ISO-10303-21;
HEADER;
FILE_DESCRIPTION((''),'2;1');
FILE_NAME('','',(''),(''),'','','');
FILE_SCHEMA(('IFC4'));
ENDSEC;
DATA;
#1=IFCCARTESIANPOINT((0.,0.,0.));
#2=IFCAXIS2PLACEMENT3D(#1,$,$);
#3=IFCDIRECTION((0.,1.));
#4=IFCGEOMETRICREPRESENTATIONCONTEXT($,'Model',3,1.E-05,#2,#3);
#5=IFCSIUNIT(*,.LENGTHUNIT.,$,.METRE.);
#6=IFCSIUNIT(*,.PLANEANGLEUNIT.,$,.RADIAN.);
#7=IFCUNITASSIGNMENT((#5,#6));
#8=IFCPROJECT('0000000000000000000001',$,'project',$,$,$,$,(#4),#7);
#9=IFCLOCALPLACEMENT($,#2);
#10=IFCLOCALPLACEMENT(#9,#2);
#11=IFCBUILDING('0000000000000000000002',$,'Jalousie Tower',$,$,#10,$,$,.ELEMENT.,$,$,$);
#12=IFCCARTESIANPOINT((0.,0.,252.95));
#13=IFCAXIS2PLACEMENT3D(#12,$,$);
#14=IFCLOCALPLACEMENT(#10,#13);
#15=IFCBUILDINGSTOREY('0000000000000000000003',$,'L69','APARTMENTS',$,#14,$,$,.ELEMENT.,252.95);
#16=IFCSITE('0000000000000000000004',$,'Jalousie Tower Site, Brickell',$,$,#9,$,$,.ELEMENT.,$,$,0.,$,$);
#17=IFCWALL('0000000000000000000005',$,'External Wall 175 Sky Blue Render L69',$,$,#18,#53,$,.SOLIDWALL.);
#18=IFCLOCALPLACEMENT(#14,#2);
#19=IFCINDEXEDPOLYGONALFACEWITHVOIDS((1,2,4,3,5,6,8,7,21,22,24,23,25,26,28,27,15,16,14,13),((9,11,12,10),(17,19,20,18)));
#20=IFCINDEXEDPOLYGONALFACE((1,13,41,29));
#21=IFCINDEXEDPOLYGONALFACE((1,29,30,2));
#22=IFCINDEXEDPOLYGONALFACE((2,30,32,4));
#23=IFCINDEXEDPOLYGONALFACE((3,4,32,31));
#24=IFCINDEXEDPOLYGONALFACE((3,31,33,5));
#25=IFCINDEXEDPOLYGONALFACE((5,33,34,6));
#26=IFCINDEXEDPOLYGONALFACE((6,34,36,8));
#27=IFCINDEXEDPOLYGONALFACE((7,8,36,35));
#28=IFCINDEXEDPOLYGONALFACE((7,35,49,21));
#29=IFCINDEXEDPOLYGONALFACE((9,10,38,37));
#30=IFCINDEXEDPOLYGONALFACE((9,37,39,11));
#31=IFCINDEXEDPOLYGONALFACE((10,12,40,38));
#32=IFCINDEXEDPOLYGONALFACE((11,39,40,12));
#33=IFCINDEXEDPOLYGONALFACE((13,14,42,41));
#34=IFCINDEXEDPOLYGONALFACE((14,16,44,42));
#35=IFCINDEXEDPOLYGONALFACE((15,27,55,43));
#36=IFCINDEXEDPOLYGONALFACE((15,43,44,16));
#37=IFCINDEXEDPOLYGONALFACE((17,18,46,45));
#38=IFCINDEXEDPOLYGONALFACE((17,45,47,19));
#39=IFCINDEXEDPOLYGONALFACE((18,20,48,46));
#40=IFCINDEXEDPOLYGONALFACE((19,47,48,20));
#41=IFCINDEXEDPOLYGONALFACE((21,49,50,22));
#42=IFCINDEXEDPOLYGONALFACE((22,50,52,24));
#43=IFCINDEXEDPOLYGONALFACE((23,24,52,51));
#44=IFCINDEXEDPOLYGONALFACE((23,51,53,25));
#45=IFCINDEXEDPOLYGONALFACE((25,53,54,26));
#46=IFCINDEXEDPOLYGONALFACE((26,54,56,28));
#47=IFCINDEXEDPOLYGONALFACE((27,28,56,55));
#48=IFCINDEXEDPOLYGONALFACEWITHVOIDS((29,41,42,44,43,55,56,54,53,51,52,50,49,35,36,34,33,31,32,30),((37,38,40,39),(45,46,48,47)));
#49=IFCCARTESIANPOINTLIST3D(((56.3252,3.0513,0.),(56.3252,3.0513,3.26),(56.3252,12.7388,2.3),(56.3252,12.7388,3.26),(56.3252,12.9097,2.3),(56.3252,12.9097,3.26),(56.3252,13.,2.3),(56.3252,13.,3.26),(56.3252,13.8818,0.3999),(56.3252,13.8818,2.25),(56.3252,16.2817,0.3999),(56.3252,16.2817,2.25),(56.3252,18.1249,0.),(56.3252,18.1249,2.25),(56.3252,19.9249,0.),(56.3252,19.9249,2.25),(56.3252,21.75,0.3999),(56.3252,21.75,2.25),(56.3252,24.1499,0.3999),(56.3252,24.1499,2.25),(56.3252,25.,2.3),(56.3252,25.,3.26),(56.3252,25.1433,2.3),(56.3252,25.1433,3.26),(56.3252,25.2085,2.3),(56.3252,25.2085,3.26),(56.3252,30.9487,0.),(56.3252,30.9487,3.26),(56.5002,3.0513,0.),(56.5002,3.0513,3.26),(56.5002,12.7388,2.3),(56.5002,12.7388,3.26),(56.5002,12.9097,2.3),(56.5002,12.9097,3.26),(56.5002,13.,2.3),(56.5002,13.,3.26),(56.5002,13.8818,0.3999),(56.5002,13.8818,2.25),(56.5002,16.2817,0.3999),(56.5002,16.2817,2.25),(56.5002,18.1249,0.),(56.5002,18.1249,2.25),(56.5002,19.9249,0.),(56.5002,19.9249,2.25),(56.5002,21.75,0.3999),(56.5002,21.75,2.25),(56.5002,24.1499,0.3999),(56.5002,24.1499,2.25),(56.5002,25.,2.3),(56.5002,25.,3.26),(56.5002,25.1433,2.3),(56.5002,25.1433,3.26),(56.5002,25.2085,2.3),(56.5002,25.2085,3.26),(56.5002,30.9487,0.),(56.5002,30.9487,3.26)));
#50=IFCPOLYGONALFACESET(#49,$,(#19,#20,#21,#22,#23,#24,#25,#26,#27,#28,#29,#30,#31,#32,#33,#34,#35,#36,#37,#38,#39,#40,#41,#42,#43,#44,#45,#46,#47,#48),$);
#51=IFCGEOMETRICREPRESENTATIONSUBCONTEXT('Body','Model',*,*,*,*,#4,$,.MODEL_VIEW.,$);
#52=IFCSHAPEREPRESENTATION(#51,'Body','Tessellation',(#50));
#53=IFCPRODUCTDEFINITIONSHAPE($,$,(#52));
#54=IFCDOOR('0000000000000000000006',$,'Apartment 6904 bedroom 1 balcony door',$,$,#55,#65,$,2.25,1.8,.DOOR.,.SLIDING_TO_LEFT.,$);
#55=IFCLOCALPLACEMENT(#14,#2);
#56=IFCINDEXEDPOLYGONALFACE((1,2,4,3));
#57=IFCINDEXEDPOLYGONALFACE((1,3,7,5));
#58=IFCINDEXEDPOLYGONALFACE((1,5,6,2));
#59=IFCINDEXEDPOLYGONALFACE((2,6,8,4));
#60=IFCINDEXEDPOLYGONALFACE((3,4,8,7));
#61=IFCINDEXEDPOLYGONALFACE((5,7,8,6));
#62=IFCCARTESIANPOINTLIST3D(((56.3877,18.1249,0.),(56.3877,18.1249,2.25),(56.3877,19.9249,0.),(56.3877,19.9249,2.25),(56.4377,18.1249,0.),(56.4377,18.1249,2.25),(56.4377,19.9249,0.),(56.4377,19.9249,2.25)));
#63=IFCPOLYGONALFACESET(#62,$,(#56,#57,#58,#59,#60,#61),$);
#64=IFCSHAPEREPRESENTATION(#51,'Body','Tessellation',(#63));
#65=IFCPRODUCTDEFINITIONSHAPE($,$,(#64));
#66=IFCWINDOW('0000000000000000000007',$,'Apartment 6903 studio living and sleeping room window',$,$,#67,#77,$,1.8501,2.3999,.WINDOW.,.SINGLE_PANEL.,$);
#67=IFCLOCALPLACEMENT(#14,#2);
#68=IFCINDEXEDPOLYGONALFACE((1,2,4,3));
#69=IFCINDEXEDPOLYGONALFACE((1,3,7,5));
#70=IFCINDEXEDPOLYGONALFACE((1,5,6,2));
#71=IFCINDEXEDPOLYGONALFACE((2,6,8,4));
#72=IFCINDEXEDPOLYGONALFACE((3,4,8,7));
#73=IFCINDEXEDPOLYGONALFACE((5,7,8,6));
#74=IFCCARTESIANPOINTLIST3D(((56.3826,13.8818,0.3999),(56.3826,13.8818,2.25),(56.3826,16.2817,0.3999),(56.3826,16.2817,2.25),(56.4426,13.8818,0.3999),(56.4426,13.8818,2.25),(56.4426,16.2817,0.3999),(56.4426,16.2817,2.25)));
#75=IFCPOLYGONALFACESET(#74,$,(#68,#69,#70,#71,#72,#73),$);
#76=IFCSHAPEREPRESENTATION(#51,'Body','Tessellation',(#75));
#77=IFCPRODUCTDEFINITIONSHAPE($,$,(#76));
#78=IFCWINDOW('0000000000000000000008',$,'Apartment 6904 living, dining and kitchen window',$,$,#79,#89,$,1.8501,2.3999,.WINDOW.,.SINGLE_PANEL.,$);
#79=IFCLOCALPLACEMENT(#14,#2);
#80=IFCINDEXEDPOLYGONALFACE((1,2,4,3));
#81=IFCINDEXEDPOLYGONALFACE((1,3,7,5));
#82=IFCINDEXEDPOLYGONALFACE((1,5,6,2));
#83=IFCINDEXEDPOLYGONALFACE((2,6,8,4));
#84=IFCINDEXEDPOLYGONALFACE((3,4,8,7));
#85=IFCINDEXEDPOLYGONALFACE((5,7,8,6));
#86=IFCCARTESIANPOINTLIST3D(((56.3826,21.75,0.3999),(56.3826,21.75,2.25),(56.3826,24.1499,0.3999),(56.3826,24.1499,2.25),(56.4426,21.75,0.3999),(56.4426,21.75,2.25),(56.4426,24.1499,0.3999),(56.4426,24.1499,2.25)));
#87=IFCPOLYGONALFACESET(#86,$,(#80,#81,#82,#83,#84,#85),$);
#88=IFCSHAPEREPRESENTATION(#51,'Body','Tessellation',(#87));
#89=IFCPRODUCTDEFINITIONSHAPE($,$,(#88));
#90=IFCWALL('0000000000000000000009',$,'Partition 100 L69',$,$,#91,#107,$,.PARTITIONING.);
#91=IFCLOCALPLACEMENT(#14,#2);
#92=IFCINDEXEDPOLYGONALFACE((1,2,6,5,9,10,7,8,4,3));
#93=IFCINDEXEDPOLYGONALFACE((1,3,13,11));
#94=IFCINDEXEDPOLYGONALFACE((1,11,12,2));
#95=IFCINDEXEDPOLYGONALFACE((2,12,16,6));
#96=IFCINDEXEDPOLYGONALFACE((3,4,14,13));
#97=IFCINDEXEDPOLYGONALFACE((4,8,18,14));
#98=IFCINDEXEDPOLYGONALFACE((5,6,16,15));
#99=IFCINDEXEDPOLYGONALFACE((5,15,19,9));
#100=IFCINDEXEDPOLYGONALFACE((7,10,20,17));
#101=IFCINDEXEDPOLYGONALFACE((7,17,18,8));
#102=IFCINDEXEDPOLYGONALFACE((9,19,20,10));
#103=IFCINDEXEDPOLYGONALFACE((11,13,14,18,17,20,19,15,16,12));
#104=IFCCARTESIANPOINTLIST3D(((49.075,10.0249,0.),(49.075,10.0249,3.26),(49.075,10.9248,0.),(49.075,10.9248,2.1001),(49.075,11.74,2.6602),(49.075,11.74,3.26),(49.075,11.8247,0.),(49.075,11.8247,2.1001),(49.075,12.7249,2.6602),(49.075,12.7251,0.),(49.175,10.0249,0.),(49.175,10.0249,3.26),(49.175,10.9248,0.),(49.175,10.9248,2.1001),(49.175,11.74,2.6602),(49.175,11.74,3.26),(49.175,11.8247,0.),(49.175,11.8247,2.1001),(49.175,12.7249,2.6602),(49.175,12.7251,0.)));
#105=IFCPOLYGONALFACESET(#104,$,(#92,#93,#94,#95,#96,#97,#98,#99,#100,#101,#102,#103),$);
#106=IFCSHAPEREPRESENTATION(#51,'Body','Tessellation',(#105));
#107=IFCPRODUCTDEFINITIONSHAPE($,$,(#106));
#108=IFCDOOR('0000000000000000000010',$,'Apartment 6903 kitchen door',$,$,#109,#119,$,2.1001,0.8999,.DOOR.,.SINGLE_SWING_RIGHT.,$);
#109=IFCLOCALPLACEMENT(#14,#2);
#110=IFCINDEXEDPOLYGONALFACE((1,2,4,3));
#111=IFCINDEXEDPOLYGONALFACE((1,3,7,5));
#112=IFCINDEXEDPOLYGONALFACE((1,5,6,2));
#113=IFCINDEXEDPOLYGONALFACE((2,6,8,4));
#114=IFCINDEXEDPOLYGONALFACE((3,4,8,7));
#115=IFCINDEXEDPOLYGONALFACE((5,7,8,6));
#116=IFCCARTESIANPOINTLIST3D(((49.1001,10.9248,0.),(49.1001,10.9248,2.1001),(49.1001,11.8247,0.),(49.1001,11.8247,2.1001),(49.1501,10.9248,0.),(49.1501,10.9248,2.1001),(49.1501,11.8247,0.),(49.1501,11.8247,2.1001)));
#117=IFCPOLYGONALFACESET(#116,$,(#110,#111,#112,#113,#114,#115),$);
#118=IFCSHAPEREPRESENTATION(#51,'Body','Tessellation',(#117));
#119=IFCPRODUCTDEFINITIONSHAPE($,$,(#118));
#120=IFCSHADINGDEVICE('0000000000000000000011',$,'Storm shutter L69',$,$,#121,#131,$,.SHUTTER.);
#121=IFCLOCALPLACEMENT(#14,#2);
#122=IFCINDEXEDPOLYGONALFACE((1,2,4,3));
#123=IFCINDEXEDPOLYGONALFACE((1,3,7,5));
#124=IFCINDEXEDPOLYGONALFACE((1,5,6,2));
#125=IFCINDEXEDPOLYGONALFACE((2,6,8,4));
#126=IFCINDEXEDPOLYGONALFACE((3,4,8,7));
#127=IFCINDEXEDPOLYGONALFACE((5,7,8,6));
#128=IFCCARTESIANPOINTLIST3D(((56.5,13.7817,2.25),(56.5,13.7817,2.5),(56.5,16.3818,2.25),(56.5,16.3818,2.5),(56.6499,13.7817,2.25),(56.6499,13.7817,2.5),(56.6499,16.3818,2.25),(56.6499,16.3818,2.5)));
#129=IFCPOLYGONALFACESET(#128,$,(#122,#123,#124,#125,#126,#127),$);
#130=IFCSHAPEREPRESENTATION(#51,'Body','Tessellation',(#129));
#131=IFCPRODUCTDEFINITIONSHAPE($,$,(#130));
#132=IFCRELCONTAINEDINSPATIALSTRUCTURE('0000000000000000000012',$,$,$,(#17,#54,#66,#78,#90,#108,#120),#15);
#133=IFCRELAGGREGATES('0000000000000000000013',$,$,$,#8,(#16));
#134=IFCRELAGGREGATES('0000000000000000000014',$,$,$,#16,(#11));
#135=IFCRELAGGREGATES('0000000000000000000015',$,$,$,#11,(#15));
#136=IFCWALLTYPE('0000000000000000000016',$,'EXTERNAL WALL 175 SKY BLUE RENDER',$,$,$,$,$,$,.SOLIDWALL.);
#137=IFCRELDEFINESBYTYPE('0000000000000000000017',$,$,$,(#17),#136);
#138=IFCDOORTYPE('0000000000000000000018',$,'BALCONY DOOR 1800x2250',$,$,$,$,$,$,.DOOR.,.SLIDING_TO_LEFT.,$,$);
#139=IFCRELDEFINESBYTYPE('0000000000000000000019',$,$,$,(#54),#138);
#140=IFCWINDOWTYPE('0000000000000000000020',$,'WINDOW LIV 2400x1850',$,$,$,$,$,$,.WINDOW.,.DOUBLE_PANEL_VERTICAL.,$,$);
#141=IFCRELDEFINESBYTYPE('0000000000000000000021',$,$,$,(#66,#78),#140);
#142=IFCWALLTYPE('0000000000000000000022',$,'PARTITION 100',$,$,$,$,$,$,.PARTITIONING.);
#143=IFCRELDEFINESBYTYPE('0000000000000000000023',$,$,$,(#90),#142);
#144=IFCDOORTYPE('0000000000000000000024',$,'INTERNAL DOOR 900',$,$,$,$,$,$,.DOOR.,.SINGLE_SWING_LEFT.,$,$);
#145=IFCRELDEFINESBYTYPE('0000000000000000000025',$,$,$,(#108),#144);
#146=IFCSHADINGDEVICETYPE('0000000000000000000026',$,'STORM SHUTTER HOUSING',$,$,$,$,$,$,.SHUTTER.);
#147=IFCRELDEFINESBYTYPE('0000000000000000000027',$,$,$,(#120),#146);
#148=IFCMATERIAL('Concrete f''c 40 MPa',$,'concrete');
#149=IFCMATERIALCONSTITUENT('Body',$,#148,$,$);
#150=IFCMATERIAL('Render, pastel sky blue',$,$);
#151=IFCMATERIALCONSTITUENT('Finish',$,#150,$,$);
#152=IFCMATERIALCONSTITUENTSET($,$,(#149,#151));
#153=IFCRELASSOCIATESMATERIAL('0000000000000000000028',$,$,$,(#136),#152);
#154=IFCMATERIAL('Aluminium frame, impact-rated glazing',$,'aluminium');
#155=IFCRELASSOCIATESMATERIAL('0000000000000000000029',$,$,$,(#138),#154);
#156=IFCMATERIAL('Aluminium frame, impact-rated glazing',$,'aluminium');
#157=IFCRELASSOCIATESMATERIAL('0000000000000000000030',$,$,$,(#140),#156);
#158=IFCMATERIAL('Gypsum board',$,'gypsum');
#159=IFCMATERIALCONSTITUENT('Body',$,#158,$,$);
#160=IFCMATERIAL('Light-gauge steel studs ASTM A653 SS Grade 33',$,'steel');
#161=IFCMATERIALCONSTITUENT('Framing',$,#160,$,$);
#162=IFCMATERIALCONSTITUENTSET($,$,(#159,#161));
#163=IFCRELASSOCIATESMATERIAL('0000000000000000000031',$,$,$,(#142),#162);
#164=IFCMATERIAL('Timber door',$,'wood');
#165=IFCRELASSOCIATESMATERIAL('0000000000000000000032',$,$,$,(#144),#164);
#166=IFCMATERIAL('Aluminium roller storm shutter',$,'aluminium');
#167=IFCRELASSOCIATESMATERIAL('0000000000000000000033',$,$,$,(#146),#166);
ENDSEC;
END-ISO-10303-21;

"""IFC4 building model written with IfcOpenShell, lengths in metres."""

from ifc_helpers import new_model, si_unit, direction, frame, frame_2d, origin, origin_2d, place, context, subcontext, project, spatial, polyline, rectangle, outline, extrude, material, constituent, constituent_set, type_object, element, fill, save


model = new_model("IFC4")

# Units and contexts
model_context = context("Model", 3, precision=1e-05, world=origin(), true_north=direction((0.0, 1.0)))
body_context = subcontext(model_context, "Body", "Model", "MODEL_VIEW")
ifc_project = project(units=[si_unit("LENGTHUNIT", "METRE"), si_unit("PLANEANGLEUNIT", "RADIAN")], contexts=[model_context])

# Site, building, storey
site_placement = place(None, origin())
site = spatial("IfcSite", under=ifc_project, at=site_placement, Name="Jalousie Tower Site, Brickell", CompositionType="ELEMENT", RefElevation=0.0)
building_placement = place(site_placement, origin())
building = spatial("IfcBuilding", under=site, at=building_placement, Name="Jalousie Tower", CompositionType="ELEMENT")
storey_placement = place(building_placement, frame((0.0, 0.0, 252.95)))
storey = spatial("IfcBuildingStorey", under=building, at=storey_placement, Name="L69", Description="APARTMENTS", CompositionType="ELEMENT", Elevation=252.95)

# Wall, openings, door, windows
ifc_material_1 = material(Name="Concrete f'c 40 MPa", Category="concrete")
ifc_constituent_1 = constituent(ifc_material_1, Name="Body")
ifc_material_2 = material(Name="Render, pastel sky blue")
ifc_constituent_2 = constituent(ifc_material_2, Name="Finish")
ifc_constituent_set_1 = constituent_set(constituents=[ifc_constituent_1, ifc_constituent_2])
wall_type_1 = type_object("IfcWallType", Name="EXTERNAL WALL 175 SKY BLUE RENDER", PredefinedType="SOLIDWALL", material=ifc_constituent_set_1)
wall_1_placement = place(storey_placement, frame((56.4126, 3.0513, 0.0), z_axis=(0.0, 0.0, 1.0), x_axis=(0.0, 1.0, 0.0)))
wall_1 = element("IfcWall", 1, at=wall_1_placement, inside=storey, type_object=wall_type_1, Name="External Wall 175 Sky Blue Render L69", PredefinedType="SOLIDWALL", context=body_context, shape_type="SweptSolid", body=[
    extrude(outline(polyline([(0.0, 0.0), (27.8975, 0.0), (27.8975, 3.26), (22.1572, 3.26), (22.1572, 2.3), (22.092, 2.3), (22.092, 3.26), (21.9487, 3.26), (21.9487, 2.3), (9.9487, 2.3), (9.9487, 3.26), (9.8584, 3.26), (9.8584, 2.3), (9.6875, 2.3), (9.6875, 3.26), (0.0, 3.26), (0.0, 0.0)])), frame((0.0, 0.0874, 0.0), z_axis=(0.0, -1.0, 0.0), x_axis=(1.0, 0.0, 0.0)), (0.0, 0.0, 1.0), 0.175),
])
opening_1_placement = place(wall_1_placement, frame((10.8306, 0.0, 0.3999)))
opening_1 = element("IfcOpeningElement", 2, at=opening_1_placement, cuts=wall_1, PredefinedType="OPENING", context=body_context, shape_type="SweptSolid", body=[
    extrude(rectangle(XDim=2.3999, YDim=1.8501, at=frame_2d((1.2, 0.925))), frame((0.0, 0.0974, 0.0), z_axis=(0.0, -1.0, 0.0), x_axis=(1.0, 0.0, 0.0)), (0.0, 0.0, 1.0), 0.1951),
])
opening_2_placement = place(wall_1_placement, frame((15.0737, 0.0, 0.0)))
opening_2 = element("IfcOpeningElement", 3, at=opening_2_placement, cuts=wall_1, PredefinedType="OPENING", context=body_context, shape_type="SweptSolid", body=[
    extrude(rectangle(XDim=1.8, YDim=2.25, at=frame_2d((0.8999, 1.125))), frame((0.0, 0.0974, 0.0), z_axis=(0.0, -1.0, 0.0), x_axis=(1.0, 0.0, 0.0)), (0.0, 0.0, 1.0), 0.1951),
])
opening_3_placement = place(wall_1_placement, frame((18.6987, 0.0, 0.3999)))
opening_3 = element("IfcOpeningElement", 4, at=opening_3_placement, cuts=wall_1, PredefinedType="OPENING", context=body_context, shape_type="SweptSolid", body=[
    extrude(rectangle(XDim=2.3999, YDim=1.8501, at=frame_2d((1.2, 0.925))), frame((0.0, 0.0974, 0.0), z_axis=(0.0, -1.0, 0.0), x_axis=(1.0, 0.0, 0.0)), (0.0, 0.0, 1.0), 0.1951),
])
ifc_material_3 = material(Name="Aluminium frame, impact-rated glazing", Category="aluminium")
door_type_1 = type_object("IfcDoorType", Name="BALCONY DOOR 1800x2250", OperationType="SLIDING_TO_LEFT", PredefinedType="DOOR", material=ifc_material_3)
door_1_placement = place(opening_2_placement, origin())
door_1 = element("IfcDoor", 5, at=door_1_placement, inside=storey, type_object=door_type_1, Name="Apartment 6904 bedroom 1 balcony door", OperationType="SLIDING_TO_LEFT", OverallHeight=2.25, OverallWidth=1.8, PredefinedType="DOOR", context=body_context, shape_type="SweptSolid", body=[
    extrude(rectangle(XDim=1.8, YDim=2.25, at=frame_2d((0.8999, 1.125))), frame((0.0, 0.0249, 0.0), z_axis=(0.0, -1.0, 0.0), x_axis=(1.0, 0.0, 0.0)), (0.0, 0.0, 1.0), 0.05),
])
fill(opening_2, door_1)
ifc_material_4 = material(Name="Aluminium frame, impact-rated glazing", Category="aluminium")
window_type = type_object("IfcWindowType", Name="WINDOW LIV 2400x1850", PartitioningType="DOUBLE_PANEL_VERTICAL", PredefinedType="WINDOW", material=ifc_material_4)
window_1_placement = place(opening_1_placement, origin())
window_1 = element("IfcWindow", 6, at=window_1_placement, inside=storey, type_object=window_type, Name="Apartment 6903 studio living and sleeping room window", OverallHeight=1.8501, OverallWidth=2.3999, PartitioningType="SINGLE_PANEL", PredefinedType="WINDOW", context=body_context, shape_type="SweptSolid", body=[
    extrude(rectangle(XDim=2.3999, YDim=1.8501, at=frame_2d((1.2, 0.925))), frame((0.0, 0.03, 0.0), z_axis=(0.0, -1.0, 0.0), x_axis=(1.0, 0.0, 0.0)), (0.0, 0.0, 1.0), 0.0601),
])
fill(opening_1, window_1)
window_2_placement = place(opening_3_placement, origin())
window_2 = element("IfcWindow", 7, at=window_2_placement, inside=storey, type_object=window_type, Name="Apartment 6904 living, dining and kitchen window", OverallHeight=1.8501, OverallWidth=2.3999, PartitioningType="SINGLE_PANEL", PredefinedType="WINDOW", context=body_context, shape_type="SweptSolid", body=[
    extrude(rectangle(XDim=2.3999, YDim=1.8501, at=frame_2d((1.2, 0.925))), frame((0.0, 0.03, 0.0), z_axis=(0.0, -1.0, 0.0), x_axis=(1.0, 0.0, 0.0)), (0.0, 0.0, 1.0), 0.0601),
])
fill(opening_3, window_2)

# Wall, opening, door
ifc_material_5 = material(Name="Gypsum board", Category="gypsum")
ifc_constituent_3 = constituent(ifc_material_5, Name="Body")
ifc_material_6 = material(Name="Light-gauge steel studs ASTM A653 SS Grade 33", Category="steel")
ifc_constituent_4 = constituent(ifc_material_6, Name="Framing")
ifc_constituent_set_2 = constituent_set(constituents=[ifc_constituent_3, ifc_constituent_4])
wall_type_2 = type_object("IfcWallType", Name="PARTITION 100", PredefinedType="PARTITIONING", material=ifc_constituent_set_2)
wall_2_placement = place(storey_placement, frame((49.125, 10.0249, 0.0), z_axis=(0.0, 0.0, 1.0), x_axis=(0.0, 1.0, 0.0)))
wall_2 = element("IfcWall", 8, at=wall_2_placement, inside=storey, type_object=wall_type_2, Name="Partition 100 L69", PredefinedType="PARTITIONING", context=body_context, shape_type="SweptSolid", body=[
    extrude(outline(polyline([(0.0, 0.0), (2.7002, 0.0), (2.7, 3.26), (2.7, 2.6602), (1.7151, 2.6602), (1.7151, 3.26), (0.0, 3.26), (0.0, 0.0)])), frame((0.0, 0.05, 0.0), z_axis=(0.0, -1.0, 0.0), x_axis=(1.0, 0.0, 0.0)), (0.0, 0.0, 1.0), 0.1001),
])
opening_4_placement = place(wall_2_placement, frame((0.8999, 0.0, 0.0)))
opening_4 = element("IfcOpeningElement", 9, at=opening_4_placement, cuts=wall_2, PredefinedType="OPENING", context=body_context, shape_type="SweptSolid", body=[
    extrude(rectangle(XDim=0.8999, YDim=2.1001, at=frame_2d((0.45, 1.05))), frame((0.0, 0.0601, 0.0), z_axis=(0.0, -1.0, 0.0), x_axis=(1.0, 0.0, 0.0)), (0.0, 0.0, 1.0), 0.1201),
])
ifc_material_7 = material(Name="Timber door", Category="wood")
door_type_2 = type_object("IfcDoorType", Name="INTERNAL DOOR 900", OperationType="SINGLE_SWING_LEFT", PredefinedType="DOOR", material=ifc_material_7)
door_2_placement = place(opening_4_placement, origin())
door_2 = element("IfcDoor", 10, at=door_2_placement, inside=storey, type_object=door_type_2, Name="Apartment 6903 kitchen door", OperationType="SINGLE_SWING_RIGHT", OverallHeight=2.1001, OverallWidth=0.8999, PredefinedType="DOOR", context=body_context, shape_type="SweptSolid", body=[
    extrude(rectangle(XDim=0.8999, YDim=2.1001, at=frame_2d((0.45, 1.05))), frame((0.0, 0.0249, 0.0), z_axis=(0.0, -1.0, 0.0), x_axis=(1.0, 0.0, 0.0)), (0.0, 0.0, 1.0), 0.05),
])
fill(opening_4, door_2)

# Shading device
ifc_material_8 = material(Name="Aluminium roller storm shutter", Category="aluminium")
shading_device_type = type_object("IfcShadingDeviceType", Name="STORM SHUTTER HOUSING", PredefinedType="SHUTTER", material=ifc_material_8)
shading_device_placement = place(storey_placement, frame((56.575, 15.0818, 2.25), z_axis=(0.0, 0.0, 1.0), x_axis=(0.0, 1.0, 0.0)))
element("IfcShadingDevice", 11, at=shading_device_placement, inside=storey, type_object=shading_device_type, Name="Storm shutter L69", PredefinedType="SHUTTER", context=body_context, shape_type="SweptSolid", body=[
    extrude(rectangle(XDim=2.6001, YDim=0.1499, at=origin_2d()), origin(), (0.0, 0.0, 1.0), 0.25),
])

save(model, "model.ifc")
